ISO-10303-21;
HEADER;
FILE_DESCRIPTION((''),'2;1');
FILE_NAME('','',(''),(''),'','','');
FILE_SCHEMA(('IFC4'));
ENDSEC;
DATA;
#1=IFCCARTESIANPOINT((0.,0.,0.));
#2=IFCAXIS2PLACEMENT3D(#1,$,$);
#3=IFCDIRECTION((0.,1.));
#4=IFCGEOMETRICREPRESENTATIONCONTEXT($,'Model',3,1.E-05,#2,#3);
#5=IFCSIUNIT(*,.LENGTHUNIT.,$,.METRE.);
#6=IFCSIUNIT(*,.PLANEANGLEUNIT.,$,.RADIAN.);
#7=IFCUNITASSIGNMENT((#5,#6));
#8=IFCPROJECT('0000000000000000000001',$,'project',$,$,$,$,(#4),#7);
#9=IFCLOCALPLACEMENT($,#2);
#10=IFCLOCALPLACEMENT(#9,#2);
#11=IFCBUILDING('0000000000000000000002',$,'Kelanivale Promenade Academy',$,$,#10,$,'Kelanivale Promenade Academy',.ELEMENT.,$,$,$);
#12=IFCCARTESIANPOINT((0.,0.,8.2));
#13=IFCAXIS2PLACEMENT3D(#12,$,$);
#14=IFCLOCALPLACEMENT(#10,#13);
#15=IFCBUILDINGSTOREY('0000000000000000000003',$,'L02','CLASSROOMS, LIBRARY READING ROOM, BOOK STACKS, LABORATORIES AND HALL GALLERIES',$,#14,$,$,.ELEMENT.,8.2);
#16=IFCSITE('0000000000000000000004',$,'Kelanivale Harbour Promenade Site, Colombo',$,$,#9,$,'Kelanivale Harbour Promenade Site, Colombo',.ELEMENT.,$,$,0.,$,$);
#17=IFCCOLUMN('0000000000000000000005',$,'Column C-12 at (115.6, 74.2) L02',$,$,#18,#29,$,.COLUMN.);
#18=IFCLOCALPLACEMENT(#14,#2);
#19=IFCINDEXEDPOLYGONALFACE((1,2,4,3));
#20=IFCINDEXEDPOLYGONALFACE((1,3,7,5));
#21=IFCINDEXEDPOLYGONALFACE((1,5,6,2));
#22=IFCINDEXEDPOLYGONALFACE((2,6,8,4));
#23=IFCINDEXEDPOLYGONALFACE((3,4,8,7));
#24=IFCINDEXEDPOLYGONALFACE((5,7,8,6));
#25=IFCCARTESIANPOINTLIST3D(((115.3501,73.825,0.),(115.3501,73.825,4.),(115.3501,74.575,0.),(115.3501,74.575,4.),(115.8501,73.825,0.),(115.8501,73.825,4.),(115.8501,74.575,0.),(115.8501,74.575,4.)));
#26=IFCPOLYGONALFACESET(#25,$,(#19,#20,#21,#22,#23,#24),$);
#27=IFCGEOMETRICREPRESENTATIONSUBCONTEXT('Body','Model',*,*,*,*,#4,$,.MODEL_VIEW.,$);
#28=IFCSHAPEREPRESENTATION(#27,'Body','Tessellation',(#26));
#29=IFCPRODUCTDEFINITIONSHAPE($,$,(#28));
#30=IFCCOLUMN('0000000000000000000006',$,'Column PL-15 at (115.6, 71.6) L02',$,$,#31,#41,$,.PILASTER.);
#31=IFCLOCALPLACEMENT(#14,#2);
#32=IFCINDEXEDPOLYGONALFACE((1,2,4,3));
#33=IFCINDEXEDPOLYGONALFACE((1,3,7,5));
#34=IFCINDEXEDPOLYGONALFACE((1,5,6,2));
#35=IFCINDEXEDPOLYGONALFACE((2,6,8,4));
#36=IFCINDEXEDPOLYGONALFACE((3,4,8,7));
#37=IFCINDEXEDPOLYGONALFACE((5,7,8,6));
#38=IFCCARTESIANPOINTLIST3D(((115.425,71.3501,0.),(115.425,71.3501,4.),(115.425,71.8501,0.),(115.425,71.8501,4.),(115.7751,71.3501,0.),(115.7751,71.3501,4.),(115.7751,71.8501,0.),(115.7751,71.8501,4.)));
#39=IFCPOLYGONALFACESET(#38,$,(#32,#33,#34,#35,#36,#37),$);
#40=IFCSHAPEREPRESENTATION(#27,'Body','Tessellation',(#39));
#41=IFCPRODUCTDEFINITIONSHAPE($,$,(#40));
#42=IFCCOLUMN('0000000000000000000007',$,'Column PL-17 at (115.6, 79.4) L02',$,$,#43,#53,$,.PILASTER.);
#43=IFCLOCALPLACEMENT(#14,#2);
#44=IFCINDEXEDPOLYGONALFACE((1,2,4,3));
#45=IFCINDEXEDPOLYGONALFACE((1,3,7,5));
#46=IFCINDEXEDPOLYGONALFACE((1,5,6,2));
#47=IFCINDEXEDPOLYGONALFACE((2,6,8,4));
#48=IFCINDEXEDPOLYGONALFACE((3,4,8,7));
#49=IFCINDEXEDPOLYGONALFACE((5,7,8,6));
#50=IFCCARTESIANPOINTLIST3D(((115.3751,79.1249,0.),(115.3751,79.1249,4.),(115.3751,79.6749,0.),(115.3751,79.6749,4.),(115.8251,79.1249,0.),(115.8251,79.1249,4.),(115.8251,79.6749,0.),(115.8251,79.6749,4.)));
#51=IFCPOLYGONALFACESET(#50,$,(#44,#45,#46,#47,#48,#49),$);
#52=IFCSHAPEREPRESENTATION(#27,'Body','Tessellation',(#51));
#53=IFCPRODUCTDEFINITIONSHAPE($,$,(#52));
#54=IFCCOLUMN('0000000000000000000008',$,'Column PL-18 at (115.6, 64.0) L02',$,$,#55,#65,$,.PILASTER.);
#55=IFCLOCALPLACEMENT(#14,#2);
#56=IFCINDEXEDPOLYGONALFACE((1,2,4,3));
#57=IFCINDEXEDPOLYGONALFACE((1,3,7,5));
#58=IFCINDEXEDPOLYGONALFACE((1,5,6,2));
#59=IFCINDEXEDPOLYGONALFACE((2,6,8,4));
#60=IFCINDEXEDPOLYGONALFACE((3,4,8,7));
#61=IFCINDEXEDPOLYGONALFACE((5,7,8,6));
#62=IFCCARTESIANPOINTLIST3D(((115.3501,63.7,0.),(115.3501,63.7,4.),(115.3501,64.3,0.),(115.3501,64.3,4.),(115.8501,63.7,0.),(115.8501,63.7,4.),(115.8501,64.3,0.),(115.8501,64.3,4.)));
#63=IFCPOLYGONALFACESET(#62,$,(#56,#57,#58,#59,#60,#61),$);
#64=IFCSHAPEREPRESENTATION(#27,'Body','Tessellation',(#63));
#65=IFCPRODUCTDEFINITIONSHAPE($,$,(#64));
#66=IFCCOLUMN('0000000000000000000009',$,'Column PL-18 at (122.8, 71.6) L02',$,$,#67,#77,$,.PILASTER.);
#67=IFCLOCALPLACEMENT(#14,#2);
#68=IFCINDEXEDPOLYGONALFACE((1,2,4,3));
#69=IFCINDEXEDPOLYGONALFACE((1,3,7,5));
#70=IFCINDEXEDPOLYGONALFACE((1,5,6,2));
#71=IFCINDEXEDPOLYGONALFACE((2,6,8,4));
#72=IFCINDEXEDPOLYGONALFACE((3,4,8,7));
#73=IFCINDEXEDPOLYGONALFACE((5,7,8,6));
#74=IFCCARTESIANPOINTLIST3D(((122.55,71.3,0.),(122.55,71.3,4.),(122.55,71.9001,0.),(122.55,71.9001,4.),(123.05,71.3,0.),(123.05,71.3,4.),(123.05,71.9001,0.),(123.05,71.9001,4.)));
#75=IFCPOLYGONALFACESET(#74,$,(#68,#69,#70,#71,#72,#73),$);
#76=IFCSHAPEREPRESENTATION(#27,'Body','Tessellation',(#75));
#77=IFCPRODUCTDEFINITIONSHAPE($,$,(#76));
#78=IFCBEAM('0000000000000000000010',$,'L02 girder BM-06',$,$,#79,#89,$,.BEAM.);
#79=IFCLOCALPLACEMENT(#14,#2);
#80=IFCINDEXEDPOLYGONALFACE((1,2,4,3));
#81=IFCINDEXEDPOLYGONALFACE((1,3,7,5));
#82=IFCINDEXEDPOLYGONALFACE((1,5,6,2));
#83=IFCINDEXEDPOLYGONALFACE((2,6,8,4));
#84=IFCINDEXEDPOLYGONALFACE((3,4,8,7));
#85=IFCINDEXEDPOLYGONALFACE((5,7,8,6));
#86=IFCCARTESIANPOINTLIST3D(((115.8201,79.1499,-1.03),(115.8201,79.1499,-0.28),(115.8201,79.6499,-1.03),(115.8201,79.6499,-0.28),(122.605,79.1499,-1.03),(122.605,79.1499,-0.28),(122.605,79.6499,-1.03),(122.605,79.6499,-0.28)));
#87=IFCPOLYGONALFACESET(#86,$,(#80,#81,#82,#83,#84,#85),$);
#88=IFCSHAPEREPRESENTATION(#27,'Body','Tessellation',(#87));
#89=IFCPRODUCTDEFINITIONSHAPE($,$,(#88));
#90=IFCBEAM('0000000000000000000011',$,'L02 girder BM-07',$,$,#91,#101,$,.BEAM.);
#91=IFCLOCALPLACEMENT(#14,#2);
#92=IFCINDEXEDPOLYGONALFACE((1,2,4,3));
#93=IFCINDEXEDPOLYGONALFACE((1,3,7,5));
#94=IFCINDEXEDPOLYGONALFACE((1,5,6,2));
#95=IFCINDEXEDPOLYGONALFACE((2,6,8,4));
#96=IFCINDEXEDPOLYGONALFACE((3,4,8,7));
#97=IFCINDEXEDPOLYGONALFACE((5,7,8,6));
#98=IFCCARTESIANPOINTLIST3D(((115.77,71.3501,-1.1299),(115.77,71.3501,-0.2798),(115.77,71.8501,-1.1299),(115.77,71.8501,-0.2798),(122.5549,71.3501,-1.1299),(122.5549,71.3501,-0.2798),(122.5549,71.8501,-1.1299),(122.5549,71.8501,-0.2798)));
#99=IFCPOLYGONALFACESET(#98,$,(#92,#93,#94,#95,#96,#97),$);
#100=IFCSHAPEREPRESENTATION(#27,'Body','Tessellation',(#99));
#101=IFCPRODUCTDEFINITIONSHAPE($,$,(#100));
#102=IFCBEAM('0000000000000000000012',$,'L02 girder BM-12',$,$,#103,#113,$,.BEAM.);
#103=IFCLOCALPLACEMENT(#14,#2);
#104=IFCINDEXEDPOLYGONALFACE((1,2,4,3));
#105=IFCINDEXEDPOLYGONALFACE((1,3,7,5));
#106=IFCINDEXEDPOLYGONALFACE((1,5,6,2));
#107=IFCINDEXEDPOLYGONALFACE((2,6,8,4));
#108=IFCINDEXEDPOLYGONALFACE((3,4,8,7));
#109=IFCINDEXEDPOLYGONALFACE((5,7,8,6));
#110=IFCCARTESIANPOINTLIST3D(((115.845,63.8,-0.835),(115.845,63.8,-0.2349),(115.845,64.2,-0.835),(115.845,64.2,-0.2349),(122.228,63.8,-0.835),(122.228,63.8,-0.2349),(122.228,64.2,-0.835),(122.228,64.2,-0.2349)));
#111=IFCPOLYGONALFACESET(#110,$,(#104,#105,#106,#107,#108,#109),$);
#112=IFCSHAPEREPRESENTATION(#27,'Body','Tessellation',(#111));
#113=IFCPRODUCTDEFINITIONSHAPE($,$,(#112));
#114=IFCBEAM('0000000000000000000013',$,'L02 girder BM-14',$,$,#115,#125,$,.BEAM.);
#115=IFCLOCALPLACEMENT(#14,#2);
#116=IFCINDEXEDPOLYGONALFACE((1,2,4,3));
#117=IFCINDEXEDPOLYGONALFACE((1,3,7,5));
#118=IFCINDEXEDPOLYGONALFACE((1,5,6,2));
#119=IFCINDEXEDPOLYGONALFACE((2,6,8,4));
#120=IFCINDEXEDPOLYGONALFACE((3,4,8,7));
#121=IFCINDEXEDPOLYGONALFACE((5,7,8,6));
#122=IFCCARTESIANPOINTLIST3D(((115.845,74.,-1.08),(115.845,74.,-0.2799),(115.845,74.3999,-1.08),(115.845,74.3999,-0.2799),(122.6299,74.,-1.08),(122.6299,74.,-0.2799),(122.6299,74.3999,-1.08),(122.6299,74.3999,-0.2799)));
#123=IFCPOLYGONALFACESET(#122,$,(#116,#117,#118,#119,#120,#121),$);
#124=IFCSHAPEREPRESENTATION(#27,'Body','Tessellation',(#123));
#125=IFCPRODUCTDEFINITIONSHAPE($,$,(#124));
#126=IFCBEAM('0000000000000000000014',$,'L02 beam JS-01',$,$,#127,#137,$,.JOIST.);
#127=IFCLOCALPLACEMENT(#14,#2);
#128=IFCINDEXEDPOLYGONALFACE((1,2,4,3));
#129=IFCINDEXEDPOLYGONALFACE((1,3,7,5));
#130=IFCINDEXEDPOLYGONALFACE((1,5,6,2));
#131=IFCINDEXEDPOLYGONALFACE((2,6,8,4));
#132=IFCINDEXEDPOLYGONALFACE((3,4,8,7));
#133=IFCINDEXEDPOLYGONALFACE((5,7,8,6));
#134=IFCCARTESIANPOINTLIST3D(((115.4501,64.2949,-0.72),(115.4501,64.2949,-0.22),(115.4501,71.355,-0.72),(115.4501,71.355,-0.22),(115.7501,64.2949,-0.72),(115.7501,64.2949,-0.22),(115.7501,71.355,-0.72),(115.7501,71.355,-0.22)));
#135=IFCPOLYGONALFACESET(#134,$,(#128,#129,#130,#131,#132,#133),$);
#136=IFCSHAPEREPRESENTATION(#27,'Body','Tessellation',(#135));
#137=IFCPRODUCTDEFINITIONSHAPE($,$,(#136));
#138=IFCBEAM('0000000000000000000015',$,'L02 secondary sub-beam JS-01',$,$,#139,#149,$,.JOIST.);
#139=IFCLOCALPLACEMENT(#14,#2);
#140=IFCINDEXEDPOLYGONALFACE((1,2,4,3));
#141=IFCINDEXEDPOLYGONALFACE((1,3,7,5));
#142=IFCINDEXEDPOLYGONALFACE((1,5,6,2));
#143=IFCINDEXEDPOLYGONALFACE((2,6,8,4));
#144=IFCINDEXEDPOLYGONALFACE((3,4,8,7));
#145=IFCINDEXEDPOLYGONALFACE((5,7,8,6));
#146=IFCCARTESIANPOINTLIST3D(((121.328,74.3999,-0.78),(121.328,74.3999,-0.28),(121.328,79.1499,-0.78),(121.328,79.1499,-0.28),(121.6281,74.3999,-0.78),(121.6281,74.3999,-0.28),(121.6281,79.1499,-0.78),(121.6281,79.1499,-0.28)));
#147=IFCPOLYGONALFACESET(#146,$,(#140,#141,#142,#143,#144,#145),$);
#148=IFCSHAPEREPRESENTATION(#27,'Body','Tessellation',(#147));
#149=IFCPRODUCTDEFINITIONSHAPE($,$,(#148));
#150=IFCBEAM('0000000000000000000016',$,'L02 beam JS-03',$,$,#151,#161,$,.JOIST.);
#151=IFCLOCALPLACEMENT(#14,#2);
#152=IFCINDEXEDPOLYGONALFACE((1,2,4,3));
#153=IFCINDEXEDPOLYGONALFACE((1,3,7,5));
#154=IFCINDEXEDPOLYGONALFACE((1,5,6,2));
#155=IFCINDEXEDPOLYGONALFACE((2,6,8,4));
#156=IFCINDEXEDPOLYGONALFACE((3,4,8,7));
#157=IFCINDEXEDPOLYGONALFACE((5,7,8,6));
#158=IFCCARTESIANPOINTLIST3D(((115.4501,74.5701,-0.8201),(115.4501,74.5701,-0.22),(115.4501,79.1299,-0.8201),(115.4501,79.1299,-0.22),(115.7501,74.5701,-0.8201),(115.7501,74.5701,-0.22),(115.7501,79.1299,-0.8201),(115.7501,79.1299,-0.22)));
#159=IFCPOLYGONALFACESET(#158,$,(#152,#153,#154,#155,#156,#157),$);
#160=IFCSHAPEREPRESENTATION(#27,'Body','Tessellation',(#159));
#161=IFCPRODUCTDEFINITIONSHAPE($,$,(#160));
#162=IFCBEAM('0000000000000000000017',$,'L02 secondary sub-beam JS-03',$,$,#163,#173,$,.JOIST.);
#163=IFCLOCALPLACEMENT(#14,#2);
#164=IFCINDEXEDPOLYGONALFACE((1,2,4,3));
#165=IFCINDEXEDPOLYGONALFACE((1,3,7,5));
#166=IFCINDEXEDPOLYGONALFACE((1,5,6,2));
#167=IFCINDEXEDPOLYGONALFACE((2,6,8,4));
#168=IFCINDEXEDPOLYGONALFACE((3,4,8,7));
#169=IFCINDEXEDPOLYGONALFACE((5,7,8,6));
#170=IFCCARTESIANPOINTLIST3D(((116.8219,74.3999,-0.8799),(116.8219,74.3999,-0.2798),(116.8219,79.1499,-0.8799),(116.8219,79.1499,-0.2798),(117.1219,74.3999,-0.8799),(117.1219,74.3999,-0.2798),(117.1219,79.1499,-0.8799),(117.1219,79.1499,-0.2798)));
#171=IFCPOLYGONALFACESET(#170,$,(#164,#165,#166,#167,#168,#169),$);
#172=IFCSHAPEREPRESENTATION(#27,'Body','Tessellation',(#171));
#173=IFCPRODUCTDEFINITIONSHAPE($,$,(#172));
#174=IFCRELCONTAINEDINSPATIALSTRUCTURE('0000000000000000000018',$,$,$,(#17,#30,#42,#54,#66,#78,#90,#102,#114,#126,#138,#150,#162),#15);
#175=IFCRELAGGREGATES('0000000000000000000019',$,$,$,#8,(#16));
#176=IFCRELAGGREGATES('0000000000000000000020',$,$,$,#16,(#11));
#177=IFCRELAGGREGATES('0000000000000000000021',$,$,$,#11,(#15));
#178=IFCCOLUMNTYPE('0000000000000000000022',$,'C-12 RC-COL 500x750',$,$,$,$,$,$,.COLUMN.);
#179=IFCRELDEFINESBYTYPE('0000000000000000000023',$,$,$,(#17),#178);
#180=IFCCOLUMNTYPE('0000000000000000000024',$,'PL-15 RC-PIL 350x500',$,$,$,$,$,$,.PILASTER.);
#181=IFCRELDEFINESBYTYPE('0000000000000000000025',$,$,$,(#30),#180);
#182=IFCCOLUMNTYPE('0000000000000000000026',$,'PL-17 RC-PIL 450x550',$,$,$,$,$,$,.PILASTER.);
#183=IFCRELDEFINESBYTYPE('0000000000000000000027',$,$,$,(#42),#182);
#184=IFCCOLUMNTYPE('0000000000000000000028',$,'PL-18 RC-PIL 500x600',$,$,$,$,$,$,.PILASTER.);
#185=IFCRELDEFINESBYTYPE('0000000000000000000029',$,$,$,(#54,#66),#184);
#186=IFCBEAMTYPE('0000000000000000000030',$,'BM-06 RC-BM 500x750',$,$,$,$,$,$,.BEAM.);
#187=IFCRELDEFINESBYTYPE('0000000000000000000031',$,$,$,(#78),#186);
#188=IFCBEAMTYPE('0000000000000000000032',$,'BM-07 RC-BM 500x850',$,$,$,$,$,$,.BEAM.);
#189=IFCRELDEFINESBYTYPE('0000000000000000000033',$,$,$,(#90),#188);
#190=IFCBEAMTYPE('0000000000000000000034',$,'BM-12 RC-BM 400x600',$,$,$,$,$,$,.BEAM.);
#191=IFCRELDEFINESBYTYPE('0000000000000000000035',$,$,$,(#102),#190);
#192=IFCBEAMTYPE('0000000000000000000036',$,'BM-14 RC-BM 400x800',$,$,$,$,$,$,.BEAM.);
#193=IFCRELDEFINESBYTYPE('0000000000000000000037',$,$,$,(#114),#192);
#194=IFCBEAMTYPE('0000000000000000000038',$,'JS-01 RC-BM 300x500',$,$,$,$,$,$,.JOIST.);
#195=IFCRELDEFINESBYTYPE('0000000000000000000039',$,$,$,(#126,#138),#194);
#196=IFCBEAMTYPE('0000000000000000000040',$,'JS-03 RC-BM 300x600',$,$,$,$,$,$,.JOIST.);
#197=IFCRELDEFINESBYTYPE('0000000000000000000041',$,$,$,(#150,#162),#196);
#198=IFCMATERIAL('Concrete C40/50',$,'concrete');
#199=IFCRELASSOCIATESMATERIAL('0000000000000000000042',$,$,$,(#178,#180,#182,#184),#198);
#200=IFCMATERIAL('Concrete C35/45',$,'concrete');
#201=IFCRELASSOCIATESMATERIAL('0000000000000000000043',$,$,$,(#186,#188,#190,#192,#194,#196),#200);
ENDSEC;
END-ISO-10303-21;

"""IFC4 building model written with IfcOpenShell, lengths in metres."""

from ifc_helpers import new_model, si_unit, direction, frame, origin, origin_2d, place, context, subcontext, project, spatial, rectangle, extrude, material, material_profile, profile_set, type_object, element, save


model = new_model("IFC4")

# Units and contexts
model_context = context("Model", 3, precision=1e-05, world=origin(), true_north=direction((0.0, 1.0)))
body_context = subcontext(model_context, "Body", "Model", "MODEL_VIEW")
ifc_project = project(units=[si_unit("LENGTHUNIT", "METRE"), si_unit("PLANEANGLEUNIT", "RADIAN")], contexts=[model_context])

# Site, building, storey
site_placement = place(None, origin())
site = spatial("IfcSite", under=ifc_project, at=site_placement, Name="Kelanivale Harbour Promenade Site, Colombo", LongName="Kelanivale Harbour Promenade Site, Colombo", CompositionType="ELEMENT", RefElevation=0.0)
building_placement = place(site_placement, origin())
building = spatial("IfcBuilding", under=site, at=building_placement, Name="Kelanivale Promenade Academy", LongName="Kelanivale Promenade Academy", CompositionType="ELEMENT")
storey_placement = place(building_placement, frame((0.0, 0.0, 8.2)))
storey = spatial("IfcBuildingStorey", under=building, at=storey_placement, Name="L02", Description="CLASSROOMS, LIBRARY READING ROOM, BOOK STACKS, LABORATORIES AND HALL GALLERIES", CompositionType="ELEMENT", Elevation=8.2)

# Columns
ifc_material_1 = material(Name="Concrete C40/50", Category="concrete")
ifc_material_profile_1 = material_profile(ifc_material_1, rectangle(XDim=0.5, YDim=0.75, at=origin_2d()), Name="RC-COL 500x750")
ifc_profile_set_1 = profile_set([ifc_material_profile_1], Name="Concrete C40/50")
column_type_1 = type_object("IfcColumnType", Name="C-12 RC-COL 500x750", PredefinedType="COLUMN", material=ifc_profile_set_1)
column_1_placement = place(storey_placement, frame((115.6001, 74.2, 0.0), z_axis=(0.0, 0.0, 1.0), x_axis=(1.0, 0.0, 0.0)))
element("IfcColumn", 1, at=column_1_placement, inside=storey, type_object=column_type_1, Name="Column C-12 at (115.6, 74.2) L02", PredefinedType="COLUMN", context=body_context, shape_type="SweptSolid", body=[
    extrude(rectangle(XDim=0.5, YDim=0.75, at=origin_2d()), origin(), (0.0, 0.0, 1.0), 4.0),
])
ifc_material_profile_2 = material_profile(ifc_material_1, rectangle(XDim=0.3501, YDim=0.5, at=origin_2d()), Name="RC-PIL 350x500")
ifc_profile_set_2 = profile_set([ifc_material_profile_2], Name="Concrete C40/50")
column_type_2 = type_object("IfcColumnType", Name="PL-15 RC-PIL 350x500", PredefinedType="PILASTER", material=ifc_profile_set_2)
column_2_placement = place(storey_placement, frame((115.6001, 71.6001, 0.0), z_axis=(0.0, 0.0, 1.0), x_axis=(1.0, 0.0, 0.0)))
element("IfcColumn", 2, at=column_2_placement, inside=storey, type_object=column_type_2, Name="Column PL-15 at (115.6, 71.6) L02", PredefinedType="PILASTER", context=body_context, shape_type="SweptSolid", body=[
    extrude(rectangle(XDim=0.3501, YDim=0.5, at=origin_2d()), origin(), (0.0, 0.0, 1.0), 4.0),
])
ifc_material_profile_3 = material_profile(ifc_material_1, rectangle(XDim=0.45, YDim=0.55, at=origin_2d()), Name="RC-PIL 450x550")
ifc_profile_set_3 = profile_set([ifc_material_profile_3], Name="Concrete C40/50")
column_type_3 = type_object("IfcColumnType", Name="PL-17 RC-PIL 450x550", PredefinedType="PILASTER", material=ifc_profile_set_3)
column_3_placement = place(storey_placement, frame((115.6001, 79.3999, 0.0), z_axis=(0.0, 0.0, 1.0), x_axis=(1.0, 0.0, 0.0)))
element("IfcColumn", 3, at=column_3_placement, inside=storey, type_object=column_type_3, Name="Column PL-17 at (115.6, 79.4) L02", PredefinedType="PILASTER", context=body_context, shape_type="SweptSolid", body=[
    extrude(rectangle(XDim=0.45, YDim=0.55, at=origin_2d()), origin(), (0.0, 0.0, 1.0), 4.0),
])
ifc_material_profile_4 = material_profile(ifc_material_1, rectangle(XDim=0.5, YDim=0.6001, at=origin_2d()), Name="RC-PIL 500x600")
ifc_profile_set_4 = profile_set([ifc_material_profile_4], Name="Concrete C40/50")
column_type_4 = type_object("IfcColumnType", Name="PL-18 RC-PIL 500x600", PredefinedType="PILASTER", material=ifc_profile_set_4)
for number, where, z_axis, x_axis, name in (
    (4, (115.6001, 64.0, 0.0), (0.0, 0.0, 1.0), (1.0, 0.0, 0.0), "Column PL-18 at (115.6, 64.0) L02"),
    (5, (122.8, 71.6001, 0.0), (0.0, 0.0, 1.0), (1.0, 0.0, 0.0), "Column PL-18 at (122.8, 71.6) L02"),
):
    element("IfcColumn", number, at=place(storey_placement, frame(where, z_axis=z_axis, x_axis=x_axis)), inside=storey, type_object=column_type_4, Name=name, PredefinedType="PILASTER", context=body_context, shape_type="SweptSolid", body=[
        extrude(rectangle(XDim=0.5, YDim=0.6001, at=origin_2d()), origin(), (0.0, 0.0, 1.0), 4.0),
    ])

# Beams
ifc_material_2 = material(Name="Concrete C35/45", Category="concrete")
ifc_material_profile_5 = material_profile(ifc_material_2, rectangle(XDim=0.5, YDim=0.75, at=origin_2d()), Name="RC-BM 500x750")
ifc_profile_set_5 = profile_set([ifc_material_profile_5], Name="Concrete C35/45")
beam_type_1 = type_object("IfcBeamType", Name="BM-06 RC-BM 500x750", PredefinedType="BEAM", material=ifc_profile_set_5)
beam_1_placement = place(storey_placement, frame((115.8201, 79.3999, -0.655), z_axis=(1.0, 0.0, 0.0), x_axis=(0.0, 1.0, 0.0)))
element("IfcBeam", 6, at=beam_1_placement, inside=storey, type_object=beam_type_1, Name="L02 girder BM-06", PredefinedType="BEAM", context=body_context, shape_type="SweptSolid", body=[
    extrude(rectangle(XDim=0.5, YDim=0.75, at=origin_2d()), origin(), (0.0, 0.0, 1.0), 6.7849),
])
ifc_material_profile_6 = material_profile(ifc_material_2, rectangle(XDim=0.5, YDim=0.8501, at=origin_2d()), Name="RC-BM 500x850")
ifc_profile_set_6 = profile_set([ifc_material_profile_6], Name="Concrete C35/45")
beam_type_2 = type_object("IfcBeamType", Name="BM-07 RC-BM 500x850", PredefinedType="BEAM", material=ifc_profile_set_6)
beam_2_placement = place(storey_placement, frame((115.77, 71.6001, -0.7048), z_axis=(1.0, 0.0, 0.0), x_axis=(0.0, 1.0, 0.0)))
element("IfcBeam", 7, at=beam_2_placement, inside=storey, type_object=beam_type_2, Name="L02 girder BM-07", PredefinedType="BEAM", context=body_context, shape_type="SweptSolid", body=[
    extrude(rectangle(XDim=0.5, YDim=0.8501, at=origin_2d()), origin(), (0.0, 0.0, 1.0), 6.7849),
])
ifc_material_profile_7 = material_profile(ifc_material_2, rectangle(XDim=0.3999, YDim=0.6001, at=origin_2d()), Name="RC-BM 400x600")
ifc_profile_set_7 = profile_set([ifc_material_profile_7], Name="Concrete C35/45")
beam_type_3 = type_object("IfcBeamType", Name="BM-12 RC-BM 400x600", PredefinedType="BEAM", material=ifc_profile_set_7)
beam_3_placement = place(storey_placement, frame((115.845, 64.0, -0.5349), z_axis=(1.0, 0.0, 0.0), x_axis=(0.0, 1.0, 0.0)))
element("IfcBeam", 8, at=beam_3_placement, inside=storey, type_object=beam_type_3, Name="L02 girder BM-12", PredefinedType="BEAM", context=body_context, shape_type="SweptSolid", body=[
    extrude(rectangle(XDim=0.3999, YDim=0.6001, at=origin_2d()), origin(), (0.0, 0.0, 1.0), 6.3831),
])
ifc_material_profile_8 = material_profile(ifc_material_2, rectangle(XDim=0.3999, YDim=0.8, at=origin_2d()), Name="RC-BM 400x800")
ifc_profile_set_8 = profile_set([ifc_material_profile_8], Name="Concrete C35/45")
beam_type_4 = type_object("IfcBeamType", Name="BM-14 RC-BM 400x800", PredefinedType="BEAM", material=ifc_profile_set_8)
beam_4_placement = place(storey_placement, frame((115.845, 74.2, -0.6799), z_axis=(1.0, 0.0, 0.0), x_axis=(0.0, 1.0, 0.0)))
element("IfcBeam", 9, at=beam_4_placement, inside=storey, type_object=beam_type_4, Name="L02 girder BM-14", PredefinedType="BEAM", context=body_context, shape_type="SweptSolid", body=[
    extrude(rectangle(XDim=0.3999, YDim=0.8, at=origin_2d()), origin(), (0.0, 0.0, 1.0), 6.7849),
])
ifc_material_profile_9 = material_profile(ifc_material_2, rectangle(XDim=0.3, YDim=0.5, at=origin_2d()), Name="RC-BM 300x500")
ifc_profile_set_9 = profile_set([ifc_material_profile_9], Name="Concrete C35/45")
beam_type_5 = type_object("IfcBeamType", Name="JS-01 RC-BM 300x500", PredefinedType="JOIST", material=ifc_profile_set_9)
beam_5_placement = place(storey_placement, frame((115.6001, 64.2949, -0.47), z_axis=(0.0, 1.0, 0.0), x_axis=(-1.0, 0.0, 0.0)))
element("IfcBeam", 10, at=beam_5_placement, inside=storey, type_object=beam_type_5, Name="L02 beam JS-01", PredefinedType="JOIST", context=body_context, shape_type="SweptSolid", body=[
    extrude(rectangle(XDim=0.3, YDim=0.5, at=origin_2d()), origin(), (0.0, 0.0, 1.0), 7.0601),
])
beam_6_placement = place(storey_placement, frame((121.478, 74.3999, -0.53), z_axis=(0.0, 1.0, 0.0), x_axis=(-1.0, 0.0, 0.0)))
element("IfcBeam", 11, at=beam_6_placement, inside=storey, type_object=beam_type_5, Name="L02 secondary sub-beam JS-01", PredefinedType="JOIST", context=body_context, shape_type="SweptSolid", body=[
    extrude(rectangle(XDim=0.3, YDim=0.5, at=origin_2d()), origin(), (0.0, 0.0, 1.0), 4.75),
])
ifc_material_profile_10 = material_profile(ifc_material_2, rectangle(XDim=0.3, YDim=0.6001, at=origin_2d()), Name="RC-BM 300x600")
ifc_profile_set_10 = profile_set([ifc_material_profile_10], Name="Concrete C35/45")
beam_type_6 = type_object("IfcBeamType", Name="JS-03 RC-BM 300x600", PredefinedType="JOIST", material=ifc_profile_set_10)
beam_7_placement = place(storey_placement, frame((115.6001, 74.5701, -0.52), z_axis=(0.0, 1.0, 0.0), x_axis=(-1.0, 0.0, 0.0)))
element("IfcBeam", 12, at=beam_7_placement, inside=storey, type_object=beam_type_6, Name="L02 beam JS-03", PredefinedType="JOIST", context=body_context, shape_type="SweptSolid", body=[
    extrude(rectangle(XDim=0.3, YDim=0.6001, at=origin_2d()), origin(), (0.0, 0.0, 1.0), 4.5598),
])
beam_8_placement = place(storey_placement, frame((116.9719, 74.3999, -0.5798), z_axis=(0.0, 1.0, 0.0), x_axis=(-1.0, 0.0, 0.0)))
element("IfcBeam", 13, at=beam_8_placement, inside=storey, type_object=beam_type_6, Name="L02 secondary sub-beam JS-03", PredefinedType="JOIST", context=body_context, shape_type="SweptSolid", body=[
    extrude(rectangle(XDim=0.3, YDim=0.6001, at=origin_2d()), origin(), (0.0, 0.0, 1.0), 4.75),
])

save(model, "model.ifc")
